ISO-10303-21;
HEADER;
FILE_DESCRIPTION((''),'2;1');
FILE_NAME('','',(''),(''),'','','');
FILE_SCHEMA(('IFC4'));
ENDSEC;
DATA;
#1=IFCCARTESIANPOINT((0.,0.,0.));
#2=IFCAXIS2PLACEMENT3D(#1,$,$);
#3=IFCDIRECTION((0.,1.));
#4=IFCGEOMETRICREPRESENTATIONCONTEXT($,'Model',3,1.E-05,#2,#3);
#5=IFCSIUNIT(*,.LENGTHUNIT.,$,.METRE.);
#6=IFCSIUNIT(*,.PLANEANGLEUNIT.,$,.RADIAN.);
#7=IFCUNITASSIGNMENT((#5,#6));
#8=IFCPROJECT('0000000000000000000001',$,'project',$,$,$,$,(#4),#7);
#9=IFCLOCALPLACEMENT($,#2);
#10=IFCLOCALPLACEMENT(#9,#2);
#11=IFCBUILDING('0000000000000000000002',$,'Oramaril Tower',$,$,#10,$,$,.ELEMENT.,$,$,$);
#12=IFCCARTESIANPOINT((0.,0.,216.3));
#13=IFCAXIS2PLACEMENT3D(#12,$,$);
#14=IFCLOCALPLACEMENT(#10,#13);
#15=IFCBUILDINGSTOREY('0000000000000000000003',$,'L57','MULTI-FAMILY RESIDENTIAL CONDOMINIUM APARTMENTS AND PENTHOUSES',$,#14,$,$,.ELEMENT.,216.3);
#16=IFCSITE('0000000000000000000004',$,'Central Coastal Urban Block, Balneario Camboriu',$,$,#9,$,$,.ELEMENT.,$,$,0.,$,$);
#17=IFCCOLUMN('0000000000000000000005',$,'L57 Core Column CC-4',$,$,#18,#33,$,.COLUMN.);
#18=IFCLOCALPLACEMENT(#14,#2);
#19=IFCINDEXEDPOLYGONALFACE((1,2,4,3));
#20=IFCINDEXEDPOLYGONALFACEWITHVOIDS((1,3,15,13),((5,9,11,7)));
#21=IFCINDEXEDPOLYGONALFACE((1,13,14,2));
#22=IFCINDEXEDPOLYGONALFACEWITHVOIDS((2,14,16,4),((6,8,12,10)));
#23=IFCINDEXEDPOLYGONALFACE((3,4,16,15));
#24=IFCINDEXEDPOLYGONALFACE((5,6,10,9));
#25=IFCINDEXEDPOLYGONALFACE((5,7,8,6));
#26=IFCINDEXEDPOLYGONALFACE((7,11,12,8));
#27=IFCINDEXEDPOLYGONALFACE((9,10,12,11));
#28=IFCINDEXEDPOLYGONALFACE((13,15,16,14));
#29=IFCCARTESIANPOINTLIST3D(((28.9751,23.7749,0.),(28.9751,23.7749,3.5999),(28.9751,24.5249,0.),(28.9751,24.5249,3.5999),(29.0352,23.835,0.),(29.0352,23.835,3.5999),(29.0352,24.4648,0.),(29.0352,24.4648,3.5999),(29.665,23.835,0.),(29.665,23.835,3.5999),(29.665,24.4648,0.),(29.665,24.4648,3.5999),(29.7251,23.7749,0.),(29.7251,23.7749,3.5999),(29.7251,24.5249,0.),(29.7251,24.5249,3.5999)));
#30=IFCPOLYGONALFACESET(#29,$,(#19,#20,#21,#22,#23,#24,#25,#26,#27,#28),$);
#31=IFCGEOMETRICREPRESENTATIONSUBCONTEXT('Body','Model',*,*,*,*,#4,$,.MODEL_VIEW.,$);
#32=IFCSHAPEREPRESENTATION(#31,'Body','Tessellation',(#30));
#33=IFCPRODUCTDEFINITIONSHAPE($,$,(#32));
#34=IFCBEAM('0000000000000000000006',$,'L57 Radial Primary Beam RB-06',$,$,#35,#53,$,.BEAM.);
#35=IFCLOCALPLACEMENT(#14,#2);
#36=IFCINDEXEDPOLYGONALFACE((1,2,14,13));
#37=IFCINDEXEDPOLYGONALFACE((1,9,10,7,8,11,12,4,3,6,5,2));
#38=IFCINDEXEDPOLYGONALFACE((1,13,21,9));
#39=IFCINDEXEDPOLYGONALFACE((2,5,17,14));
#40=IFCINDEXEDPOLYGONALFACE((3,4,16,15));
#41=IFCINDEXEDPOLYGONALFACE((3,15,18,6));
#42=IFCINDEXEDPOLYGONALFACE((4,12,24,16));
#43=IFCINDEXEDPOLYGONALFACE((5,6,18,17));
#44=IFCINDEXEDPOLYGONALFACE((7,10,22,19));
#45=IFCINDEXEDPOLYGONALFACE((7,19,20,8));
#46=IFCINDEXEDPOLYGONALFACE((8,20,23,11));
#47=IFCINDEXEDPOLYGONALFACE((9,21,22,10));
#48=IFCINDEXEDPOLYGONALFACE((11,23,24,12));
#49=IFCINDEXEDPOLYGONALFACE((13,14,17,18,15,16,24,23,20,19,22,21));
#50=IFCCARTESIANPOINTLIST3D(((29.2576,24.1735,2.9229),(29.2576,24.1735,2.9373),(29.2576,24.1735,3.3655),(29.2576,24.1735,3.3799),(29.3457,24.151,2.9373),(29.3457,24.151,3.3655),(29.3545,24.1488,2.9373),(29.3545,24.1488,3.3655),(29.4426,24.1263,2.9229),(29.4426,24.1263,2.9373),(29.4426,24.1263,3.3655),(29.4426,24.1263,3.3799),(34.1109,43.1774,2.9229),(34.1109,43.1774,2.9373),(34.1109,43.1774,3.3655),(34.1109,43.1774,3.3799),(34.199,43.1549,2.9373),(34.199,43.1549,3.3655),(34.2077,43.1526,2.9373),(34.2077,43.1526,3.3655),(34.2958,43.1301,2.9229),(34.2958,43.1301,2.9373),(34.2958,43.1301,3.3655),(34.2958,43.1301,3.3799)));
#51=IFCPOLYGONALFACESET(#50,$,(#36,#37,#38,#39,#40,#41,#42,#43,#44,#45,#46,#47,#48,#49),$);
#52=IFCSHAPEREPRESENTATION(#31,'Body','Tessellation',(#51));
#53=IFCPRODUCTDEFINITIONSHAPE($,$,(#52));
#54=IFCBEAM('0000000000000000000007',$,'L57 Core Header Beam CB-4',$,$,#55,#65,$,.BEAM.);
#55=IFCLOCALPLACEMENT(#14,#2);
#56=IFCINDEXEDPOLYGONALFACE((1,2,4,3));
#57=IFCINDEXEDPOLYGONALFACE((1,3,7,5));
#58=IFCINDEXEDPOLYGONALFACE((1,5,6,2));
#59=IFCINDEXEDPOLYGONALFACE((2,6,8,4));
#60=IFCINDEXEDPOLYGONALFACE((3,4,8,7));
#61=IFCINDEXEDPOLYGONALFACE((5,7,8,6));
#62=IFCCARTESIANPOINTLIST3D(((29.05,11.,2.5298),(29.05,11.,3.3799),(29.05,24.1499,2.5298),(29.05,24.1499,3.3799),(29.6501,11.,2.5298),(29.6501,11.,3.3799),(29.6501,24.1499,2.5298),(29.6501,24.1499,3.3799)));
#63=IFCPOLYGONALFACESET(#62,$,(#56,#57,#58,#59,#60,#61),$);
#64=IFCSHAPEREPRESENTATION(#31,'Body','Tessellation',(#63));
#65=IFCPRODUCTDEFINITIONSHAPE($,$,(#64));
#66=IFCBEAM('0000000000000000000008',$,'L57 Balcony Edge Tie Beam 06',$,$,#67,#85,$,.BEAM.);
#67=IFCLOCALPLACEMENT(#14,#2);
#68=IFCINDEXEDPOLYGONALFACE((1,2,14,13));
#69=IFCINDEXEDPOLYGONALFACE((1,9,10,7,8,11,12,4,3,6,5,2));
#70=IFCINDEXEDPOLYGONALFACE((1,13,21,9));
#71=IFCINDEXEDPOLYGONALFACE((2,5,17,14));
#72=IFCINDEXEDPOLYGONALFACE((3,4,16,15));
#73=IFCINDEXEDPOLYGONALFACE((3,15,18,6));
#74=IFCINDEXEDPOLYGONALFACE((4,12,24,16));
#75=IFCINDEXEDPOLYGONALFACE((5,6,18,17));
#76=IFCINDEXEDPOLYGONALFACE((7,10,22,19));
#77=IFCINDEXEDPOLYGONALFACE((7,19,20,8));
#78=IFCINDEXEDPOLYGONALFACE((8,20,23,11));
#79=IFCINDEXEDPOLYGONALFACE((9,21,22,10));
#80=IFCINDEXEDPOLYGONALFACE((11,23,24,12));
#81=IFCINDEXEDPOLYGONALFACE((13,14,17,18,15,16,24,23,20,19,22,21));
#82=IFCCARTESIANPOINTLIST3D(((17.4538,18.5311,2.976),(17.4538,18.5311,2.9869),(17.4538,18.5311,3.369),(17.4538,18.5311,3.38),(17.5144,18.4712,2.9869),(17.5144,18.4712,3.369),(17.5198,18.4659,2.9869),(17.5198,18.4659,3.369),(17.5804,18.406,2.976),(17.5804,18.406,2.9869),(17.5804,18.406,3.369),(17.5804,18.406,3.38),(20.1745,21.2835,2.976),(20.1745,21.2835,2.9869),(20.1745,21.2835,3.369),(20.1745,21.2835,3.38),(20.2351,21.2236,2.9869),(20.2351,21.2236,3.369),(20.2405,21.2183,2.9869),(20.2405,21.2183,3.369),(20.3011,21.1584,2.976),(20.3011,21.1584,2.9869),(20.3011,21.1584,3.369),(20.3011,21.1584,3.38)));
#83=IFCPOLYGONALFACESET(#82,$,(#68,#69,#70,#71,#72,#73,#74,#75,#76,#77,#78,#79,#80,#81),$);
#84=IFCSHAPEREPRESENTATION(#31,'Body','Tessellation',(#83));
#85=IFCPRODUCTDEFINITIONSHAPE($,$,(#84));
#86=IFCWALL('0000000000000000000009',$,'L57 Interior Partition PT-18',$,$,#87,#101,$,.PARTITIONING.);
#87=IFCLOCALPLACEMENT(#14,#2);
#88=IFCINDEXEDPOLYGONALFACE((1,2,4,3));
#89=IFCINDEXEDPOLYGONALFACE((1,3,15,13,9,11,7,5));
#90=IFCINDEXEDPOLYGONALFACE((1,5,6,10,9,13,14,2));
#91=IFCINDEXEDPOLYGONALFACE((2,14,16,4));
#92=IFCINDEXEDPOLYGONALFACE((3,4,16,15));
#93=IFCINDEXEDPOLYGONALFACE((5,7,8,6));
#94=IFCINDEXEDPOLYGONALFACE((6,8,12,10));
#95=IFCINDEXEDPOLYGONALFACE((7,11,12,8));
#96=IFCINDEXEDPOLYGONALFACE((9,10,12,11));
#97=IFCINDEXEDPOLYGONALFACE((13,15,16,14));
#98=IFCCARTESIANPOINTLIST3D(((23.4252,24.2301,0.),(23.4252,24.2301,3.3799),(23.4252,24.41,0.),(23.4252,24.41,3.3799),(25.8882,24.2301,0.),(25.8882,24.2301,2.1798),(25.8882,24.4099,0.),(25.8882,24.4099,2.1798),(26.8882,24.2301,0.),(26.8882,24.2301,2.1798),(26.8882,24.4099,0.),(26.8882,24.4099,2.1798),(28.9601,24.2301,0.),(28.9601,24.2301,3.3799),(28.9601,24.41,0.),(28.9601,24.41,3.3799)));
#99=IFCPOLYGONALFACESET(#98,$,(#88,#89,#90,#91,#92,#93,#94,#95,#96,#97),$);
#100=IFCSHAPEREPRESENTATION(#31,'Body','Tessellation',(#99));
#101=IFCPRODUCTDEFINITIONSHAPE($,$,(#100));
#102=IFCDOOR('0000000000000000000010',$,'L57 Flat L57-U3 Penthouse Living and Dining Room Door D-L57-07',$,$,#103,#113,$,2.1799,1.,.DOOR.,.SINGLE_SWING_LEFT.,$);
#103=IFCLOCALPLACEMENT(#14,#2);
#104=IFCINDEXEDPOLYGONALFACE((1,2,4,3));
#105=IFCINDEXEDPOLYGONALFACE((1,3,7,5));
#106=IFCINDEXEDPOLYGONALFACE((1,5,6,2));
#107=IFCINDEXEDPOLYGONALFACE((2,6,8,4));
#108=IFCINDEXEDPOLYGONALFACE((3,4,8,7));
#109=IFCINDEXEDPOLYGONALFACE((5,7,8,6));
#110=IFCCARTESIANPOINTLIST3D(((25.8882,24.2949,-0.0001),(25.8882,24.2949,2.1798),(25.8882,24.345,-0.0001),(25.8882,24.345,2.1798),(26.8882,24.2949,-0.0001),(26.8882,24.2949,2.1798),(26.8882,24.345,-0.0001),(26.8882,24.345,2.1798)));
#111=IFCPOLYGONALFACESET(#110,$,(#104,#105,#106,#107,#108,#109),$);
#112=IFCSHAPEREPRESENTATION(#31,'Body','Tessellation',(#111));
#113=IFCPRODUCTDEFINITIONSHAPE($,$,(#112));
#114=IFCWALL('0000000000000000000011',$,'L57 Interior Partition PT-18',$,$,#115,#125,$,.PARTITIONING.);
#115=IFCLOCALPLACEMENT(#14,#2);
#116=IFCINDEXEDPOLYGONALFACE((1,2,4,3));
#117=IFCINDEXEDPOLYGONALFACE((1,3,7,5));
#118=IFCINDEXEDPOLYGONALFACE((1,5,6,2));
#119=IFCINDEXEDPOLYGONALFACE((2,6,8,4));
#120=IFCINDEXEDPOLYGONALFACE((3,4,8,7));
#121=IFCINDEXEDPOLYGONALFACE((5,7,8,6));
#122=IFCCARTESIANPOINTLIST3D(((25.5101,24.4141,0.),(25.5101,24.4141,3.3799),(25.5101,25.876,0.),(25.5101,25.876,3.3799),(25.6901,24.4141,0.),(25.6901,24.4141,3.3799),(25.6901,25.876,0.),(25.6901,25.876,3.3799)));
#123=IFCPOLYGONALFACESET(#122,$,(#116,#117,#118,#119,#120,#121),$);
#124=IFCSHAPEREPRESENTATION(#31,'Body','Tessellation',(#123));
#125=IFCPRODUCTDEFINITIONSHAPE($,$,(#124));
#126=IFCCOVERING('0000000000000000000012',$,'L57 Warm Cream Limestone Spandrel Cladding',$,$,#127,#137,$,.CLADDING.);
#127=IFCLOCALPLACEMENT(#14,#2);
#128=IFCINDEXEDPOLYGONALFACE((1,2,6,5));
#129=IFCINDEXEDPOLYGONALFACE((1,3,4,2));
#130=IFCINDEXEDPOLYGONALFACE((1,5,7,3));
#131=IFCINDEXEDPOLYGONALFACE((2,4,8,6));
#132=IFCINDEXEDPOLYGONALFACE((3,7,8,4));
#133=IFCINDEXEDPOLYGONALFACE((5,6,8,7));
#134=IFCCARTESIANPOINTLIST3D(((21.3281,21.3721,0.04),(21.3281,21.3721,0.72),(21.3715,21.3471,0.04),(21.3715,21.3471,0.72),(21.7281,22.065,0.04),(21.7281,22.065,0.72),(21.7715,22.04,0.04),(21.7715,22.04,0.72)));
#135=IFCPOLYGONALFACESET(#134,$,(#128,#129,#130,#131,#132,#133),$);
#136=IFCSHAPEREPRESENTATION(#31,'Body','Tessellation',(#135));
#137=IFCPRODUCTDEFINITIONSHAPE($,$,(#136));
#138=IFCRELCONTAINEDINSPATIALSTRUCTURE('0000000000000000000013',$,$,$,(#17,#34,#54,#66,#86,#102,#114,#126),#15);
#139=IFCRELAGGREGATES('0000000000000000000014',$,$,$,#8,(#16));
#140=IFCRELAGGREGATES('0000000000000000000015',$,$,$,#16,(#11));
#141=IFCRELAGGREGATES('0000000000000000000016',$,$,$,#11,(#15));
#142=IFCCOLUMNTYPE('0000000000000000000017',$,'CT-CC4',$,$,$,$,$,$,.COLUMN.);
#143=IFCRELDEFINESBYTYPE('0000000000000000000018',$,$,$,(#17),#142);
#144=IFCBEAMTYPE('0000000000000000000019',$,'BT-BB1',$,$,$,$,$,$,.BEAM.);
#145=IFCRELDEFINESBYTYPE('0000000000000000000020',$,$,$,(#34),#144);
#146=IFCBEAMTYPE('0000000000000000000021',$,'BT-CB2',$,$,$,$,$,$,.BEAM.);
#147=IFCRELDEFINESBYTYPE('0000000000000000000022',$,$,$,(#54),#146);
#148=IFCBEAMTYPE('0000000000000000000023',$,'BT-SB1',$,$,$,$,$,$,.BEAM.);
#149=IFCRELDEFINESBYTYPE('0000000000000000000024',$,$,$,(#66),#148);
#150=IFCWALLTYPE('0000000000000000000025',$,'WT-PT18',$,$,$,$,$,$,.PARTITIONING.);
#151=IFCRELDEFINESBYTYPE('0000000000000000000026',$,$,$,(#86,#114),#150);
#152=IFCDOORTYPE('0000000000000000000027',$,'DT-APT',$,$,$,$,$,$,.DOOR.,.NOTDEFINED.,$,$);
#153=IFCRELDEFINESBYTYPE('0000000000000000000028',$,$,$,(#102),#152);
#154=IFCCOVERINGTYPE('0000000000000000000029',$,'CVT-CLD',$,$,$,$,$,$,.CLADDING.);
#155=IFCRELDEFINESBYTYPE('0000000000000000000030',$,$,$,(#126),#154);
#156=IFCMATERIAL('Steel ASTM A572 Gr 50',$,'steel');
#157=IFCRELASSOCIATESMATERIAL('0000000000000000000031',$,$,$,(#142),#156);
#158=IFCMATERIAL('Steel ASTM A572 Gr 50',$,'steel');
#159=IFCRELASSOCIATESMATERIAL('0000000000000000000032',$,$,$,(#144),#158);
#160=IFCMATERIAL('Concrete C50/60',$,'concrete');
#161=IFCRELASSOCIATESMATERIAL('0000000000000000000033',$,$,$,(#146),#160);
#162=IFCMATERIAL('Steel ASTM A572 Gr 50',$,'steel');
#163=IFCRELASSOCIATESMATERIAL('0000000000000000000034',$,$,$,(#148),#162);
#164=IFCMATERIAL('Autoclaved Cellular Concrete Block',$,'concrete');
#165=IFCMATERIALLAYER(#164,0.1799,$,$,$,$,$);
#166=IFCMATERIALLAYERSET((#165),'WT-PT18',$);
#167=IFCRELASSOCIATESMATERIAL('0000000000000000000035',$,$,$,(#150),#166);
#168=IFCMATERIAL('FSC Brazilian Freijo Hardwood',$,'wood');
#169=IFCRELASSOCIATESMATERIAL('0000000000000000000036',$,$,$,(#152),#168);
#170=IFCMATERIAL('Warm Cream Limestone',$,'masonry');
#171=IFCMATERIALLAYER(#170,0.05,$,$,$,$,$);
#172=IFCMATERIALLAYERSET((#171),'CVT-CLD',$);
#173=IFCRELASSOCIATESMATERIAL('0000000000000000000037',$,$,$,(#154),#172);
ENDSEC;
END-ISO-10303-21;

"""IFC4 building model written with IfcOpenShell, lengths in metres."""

from ifc_helpers import new_model, si_unit, direction, frame, frame_2d, origin, origin_2d, place, context, subcontext, project, spatial, rectangle, hollow_rectangle, i_section, extrude, material, layer, layer_set, material_profile, profile_set, type_object, element, fill, save


model = new_model("IFC4")

# Units and contexts
model_context = context("Model", 3, precision=1e-05, world=origin(), true_north=direction((0.0, 1.0)))
body_context = subcontext(model_context, "Body", "Model", "MODEL_VIEW")
ifc_project = project(units=[si_unit("LENGTHUNIT", "METRE"), si_unit("PLANEANGLEUNIT", "RADIAN")], contexts=[model_context])

# Site, building, storey
site_placement = place(None, origin())
site = spatial("IfcSite", under=ifc_project, at=site_placement, Name="Central Coastal Urban Block, Balneario Camboriu", CompositionType="ELEMENT", RefElevation=0.0)
building_placement = place(site_placement, origin())
building = spatial("IfcBuilding", under=site, at=building_placement, Name="Oramaril Tower", CompositionType="ELEMENT")
storey_placement = place(building_placement, frame((0.0, 0.0, 216.3)))
storey = spatial("IfcBuildingStorey", under=building, at=storey_placement, Name="L57", Description="MULTI-FAMILY RESIDENTIAL CONDOMINIUM APARTMENTS AND PENTHOUSES", CompositionType="ELEMENT", Elevation=216.3)

# Column
ifc_material_1 = material(Name="Steel ASTM A572 Gr 50", Category="steel")
ifc_material_profile_1 = material_profile(ifc_material_1, hollow_rectangle(XDim=0.75, YDim=0.75, WallThickness=0.0601, at=origin_2d()), Name="BOX750X750X60")
ifc_profile_set_1 = profile_set([ifc_material_profile_1], Name="Steel ASTM A572 Gr 50")
column_type = type_object("IfcColumnType", Name="CT-CC4", PredefinedType="COLUMN", material=ifc_profile_set_1)
column_placement = place(storey_placement, frame((29.3501, 24.1499, 0.0), z_axis=(0.0, 0.0, 1.0), x_axis=(1.0, 0.0, 0.0)))
element("IfcColumn", 1, at=column_placement, inside=storey, type_object=column_type, Name="L57 Core Column CC-4", PredefinedType="COLUMN", context=body_context, shape_type="SweptSolid", body=[
    extrude(hollow_rectangle(XDim=0.75, YDim=0.75, WallThickness=0.0601, at=origin_2d()), origin(), (0.0, 0.0, 1.0), 3.5999),
])

# Beams
ifc_material_2 = material(Name="Steel ASTM A572 Gr 50", Category="steel")
ifc_material_profile_2 = material_profile(ifc_material_2, i_section(OverallWidth=0.1909, OverallDepth=0.457, WebThickness=0.009, FlangeThickness=0.0144, at=origin_2d()), Name="W18X50")
ifc_profile_set_2 = profile_set([ifc_material_profile_2], Name="Steel ASTM A572 Gr 50")
beam_type_1 = type_object("IfcBeamType", Name="BT-BB1", PredefinedType="BEAM", material=ifc_profile_set_2)
beam_1_placement = place(storey_placement, frame((29.3501, 24.1499, 3.1514), z_axis=(0.247441, 0.968903, 0.0), x_axis=(-0.968903, 0.247441, 0.0)))
element("IfcBeam", 2, at=beam_1_placement, inside=storey, type_object=beam_type_1, Name="L57 Radial Primary Beam RB-06", PredefinedType="BEAM", context=body_context, shape_type="SweptSolid", body=[
    extrude(i_section(OverallWidth=0.1909, OverallDepth=0.457, WebThickness=0.009, FlangeThickness=0.0144, at=origin_2d()), origin(), (0.0, 0.0, 1.0), 19.6138),
])
ifc_material_3 = material(Name="Concrete C50/60", Category="concrete")
ifc_material_profile_3 = material_profile(ifc_material_3, rectangle(XDim=0.6001, YDim=0.8501, at=origin_2d()), Name="CB600X850")
ifc_profile_set_3 = profile_set([ifc_material_profile_3], Name="Concrete C50/60")
beam_type_2 = type_object("IfcBeamType", Name="BT-CB2", PredefinedType="BEAM", material=ifc_profile_set_3)
beam_2_placement = place(storey_placement, frame((29.3501, 24.1499, 2.9548), z_axis=(0.0, -1.0, 0.0), x_axis=(1.0, 0.0, 0.0)))
element("IfcBeam", 3, at=beam_2_placement, inside=storey, type_object=beam_type_2, Name="L57 Core Header Beam CB-4", PredefinedType="BEAM", context=body_context, shape_type="SweptSolid", body=[
    extrude(rectangle(XDim=0.6001, YDim=0.8501, at=origin_2d()), origin(), (0.0, 0.0, 1.0), 13.1499),
])
ifc_material_4 = material(Name="Steel ASTM A572 Gr 50", Category="steel")
ifc_material_profile_4 = material_profile(ifc_material_4, i_section(OverallWidth=0.178, OverallDepth=0.4041, WebThickness=0.0076, FlangeThickness=0.011, at=origin_2d()), Name="W16X36")
ifc_profile_set_4 = profile_set([ifc_material_profile_4], Name="Steel ASTM A572 Gr 50")
beam_type_3 = type_object("IfcBeamType", Name="BT-SB1", PredefinedType="BEAM", material=ifc_profile_set_4)
beam_3_placement = place(storey_placement, frame((20.2378, 21.2209, 3.178), z_axis=(-0.702995, -0.711195, 0.0), x_axis=(0.711195, -0.702995, 0.0)))
element("IfcBeam", 4, at=beam_3_placement, inside=storey, type_object=beam_type_3, Name="L57 Balcony Edge Tie Beam 06", PredefinedType="BEAM", context=body_context, shape_type="SweptSolid", body=[
    extrude(i_section(OverallWidth=0.178, OverallDepth=0.4041, WebThickness=0.0076, FlangeThickness=0.011, at=origin_2d()), origin(), (0.0, 0.0, 1.0), 3.8701),
])

# Wall, opening, door
ifc_material_5 = material(Name="Autoclaved Cellular Concrete Block", Category="concrete")
ifc_layer_1 = layer(ifc_material_5, 0.1799)
ifc_layer_set_1 = layer_set([ifc_layer_1], Name="WT-PT18")
wall_type_1 = type_object("IfcWallType", Name="WT-PT18", PredefinedType="PARTITIONING", material=ifc_layer_set_1)
wall_1_placement = place(storey_placement, frame((23.425, 24.3201, 0.0), z_axis=(0.0, 0.0, 1.0), x_axis=(1.0, 0.0, 0.0)))
wall_1 = element("IfcWall", 5, at=wall_1_placement, inside=storey, type_object=wall_type_1, Name="L57 Interior Partition PT-18", PredefinedType="PARTITIONING", context=body_context, shape_type="SweptSolid", body=[
    extrude(rectangle(XDim=5.5349, YDim=0.1799, at=frame_2d((2.7676, 0.0))), origin(), (0.0, 0.0, 1.0), 3.3799),
])
opening_1_placement = place(wall_1_placement, frame((2.4631, 0.0, 0.0)))
opening_1 = element("IfcOpeningElement", 6, at=opening_1_placement, cuts=wall_1, PredefinedType="OPENING", context=body_context, shape_type="SweptSolid", body=[
    extrude(rectangle(XDim=1.0, YDim=2.1799, at=frame_2d((0.5, 1.0898))), frame((0.0, 0.0898, 0.0), z_axis=(0.0, -1.0, 0.0), x_axis=(1.0, 0.0, 0.0)), (0.0, 0.0, 1.0), 0.1799),
])
ifc_material_6 = material(Name="FSC Brazilian Freijo Hardwood", Category="wood")
door_type_1 = type_object("IfcDoorType", Name="DT-APT", OperationType="NOTDEFINED", PredefinedType="DOOR", material=ifc_material_6)
door_1_placement = place(opening_1_placement, origin())
door_1 = element("IfcDoor", 7, at=door_1_placement, inside=storey, type_object=door_type_1, Name="L57 Flat L57-U3 Penthouse Living and Dining Room Door D-L57-07", OperationType="SINGLE_SWING_LEFT", OverallHeight=2.1799, OverallWidth=1.0, PredefinedType="DOOR", context=body_context, shape_type="SweptSolid", body=[
    extrude(rectangle(XDim=1.0, YDim=2.1799, at=frame_2d((0.5, 1.0898))), frame((0.0, 0.0249, 0.0), z_axis=(0.0, -1.0, 0.0), x_axis=(1.0, 0.0, 0.0)), (0.0, 0.0, 1.0), 0.05),
])
fill(opening_1, door_1)

# Wall
wall_2_placement = place(storey_placement, frame((25.6001, 24.4141, 0.0), z_axis=(0.0, 0.0, 1.0), x_axis=(0.0, 1.0, 0.0)))
element("IfcWall", 8, at=wall_2_placement, inside=storey, type_object=wall_type_1, Name="L57 Interior Partition PT-18", PredefinedType="PARTITIONING", context=body_context, shape_type="SweptSolid", body=[
    extrude(rectangle(XDim=1.4619, YDim=0.1799, at=frame_2d((0.731, 0.0))), origin(), (0.0, 0.0, 1.0), 3.3799),
])

# Covering
ifc_material_7 = material(Name="Warm Cream Limestone", Category="masonry")
ifc_layer_2 = layer(ifc_material_7, 0.05)
ifc_layer_set_2 = layer_set([ifc_layer_2], Name="CVT-CLD")
covering_type = type_object("IfcCoveringType", Name="CVT-CLD", PredefinedType="CLADDING", material=ifc_layer_set_2)
covering_placement = place(storey_placement, frame((21.5498, 21.7061, 0.04), z_axis=(0.0, 0.0, 1.0), x_axis=(-0.500002, -0.866025, 0.0)))
element("IfcCovering", 9, at=covering_placement, inside=storey, type_object=covering_type, Name="L57 Warm Cream Limestone Spandrel Cladding", PredefinedType="CLADDING", context=body_context, shape_type="SweptSolid", body=[
    extrude(rectangle(XDim=0.8, YDim=0.05, at=origin_2d()), origin(), (0.0, 0.0, 1.0), 0.6799),
])

save(model, "model.ifc")
